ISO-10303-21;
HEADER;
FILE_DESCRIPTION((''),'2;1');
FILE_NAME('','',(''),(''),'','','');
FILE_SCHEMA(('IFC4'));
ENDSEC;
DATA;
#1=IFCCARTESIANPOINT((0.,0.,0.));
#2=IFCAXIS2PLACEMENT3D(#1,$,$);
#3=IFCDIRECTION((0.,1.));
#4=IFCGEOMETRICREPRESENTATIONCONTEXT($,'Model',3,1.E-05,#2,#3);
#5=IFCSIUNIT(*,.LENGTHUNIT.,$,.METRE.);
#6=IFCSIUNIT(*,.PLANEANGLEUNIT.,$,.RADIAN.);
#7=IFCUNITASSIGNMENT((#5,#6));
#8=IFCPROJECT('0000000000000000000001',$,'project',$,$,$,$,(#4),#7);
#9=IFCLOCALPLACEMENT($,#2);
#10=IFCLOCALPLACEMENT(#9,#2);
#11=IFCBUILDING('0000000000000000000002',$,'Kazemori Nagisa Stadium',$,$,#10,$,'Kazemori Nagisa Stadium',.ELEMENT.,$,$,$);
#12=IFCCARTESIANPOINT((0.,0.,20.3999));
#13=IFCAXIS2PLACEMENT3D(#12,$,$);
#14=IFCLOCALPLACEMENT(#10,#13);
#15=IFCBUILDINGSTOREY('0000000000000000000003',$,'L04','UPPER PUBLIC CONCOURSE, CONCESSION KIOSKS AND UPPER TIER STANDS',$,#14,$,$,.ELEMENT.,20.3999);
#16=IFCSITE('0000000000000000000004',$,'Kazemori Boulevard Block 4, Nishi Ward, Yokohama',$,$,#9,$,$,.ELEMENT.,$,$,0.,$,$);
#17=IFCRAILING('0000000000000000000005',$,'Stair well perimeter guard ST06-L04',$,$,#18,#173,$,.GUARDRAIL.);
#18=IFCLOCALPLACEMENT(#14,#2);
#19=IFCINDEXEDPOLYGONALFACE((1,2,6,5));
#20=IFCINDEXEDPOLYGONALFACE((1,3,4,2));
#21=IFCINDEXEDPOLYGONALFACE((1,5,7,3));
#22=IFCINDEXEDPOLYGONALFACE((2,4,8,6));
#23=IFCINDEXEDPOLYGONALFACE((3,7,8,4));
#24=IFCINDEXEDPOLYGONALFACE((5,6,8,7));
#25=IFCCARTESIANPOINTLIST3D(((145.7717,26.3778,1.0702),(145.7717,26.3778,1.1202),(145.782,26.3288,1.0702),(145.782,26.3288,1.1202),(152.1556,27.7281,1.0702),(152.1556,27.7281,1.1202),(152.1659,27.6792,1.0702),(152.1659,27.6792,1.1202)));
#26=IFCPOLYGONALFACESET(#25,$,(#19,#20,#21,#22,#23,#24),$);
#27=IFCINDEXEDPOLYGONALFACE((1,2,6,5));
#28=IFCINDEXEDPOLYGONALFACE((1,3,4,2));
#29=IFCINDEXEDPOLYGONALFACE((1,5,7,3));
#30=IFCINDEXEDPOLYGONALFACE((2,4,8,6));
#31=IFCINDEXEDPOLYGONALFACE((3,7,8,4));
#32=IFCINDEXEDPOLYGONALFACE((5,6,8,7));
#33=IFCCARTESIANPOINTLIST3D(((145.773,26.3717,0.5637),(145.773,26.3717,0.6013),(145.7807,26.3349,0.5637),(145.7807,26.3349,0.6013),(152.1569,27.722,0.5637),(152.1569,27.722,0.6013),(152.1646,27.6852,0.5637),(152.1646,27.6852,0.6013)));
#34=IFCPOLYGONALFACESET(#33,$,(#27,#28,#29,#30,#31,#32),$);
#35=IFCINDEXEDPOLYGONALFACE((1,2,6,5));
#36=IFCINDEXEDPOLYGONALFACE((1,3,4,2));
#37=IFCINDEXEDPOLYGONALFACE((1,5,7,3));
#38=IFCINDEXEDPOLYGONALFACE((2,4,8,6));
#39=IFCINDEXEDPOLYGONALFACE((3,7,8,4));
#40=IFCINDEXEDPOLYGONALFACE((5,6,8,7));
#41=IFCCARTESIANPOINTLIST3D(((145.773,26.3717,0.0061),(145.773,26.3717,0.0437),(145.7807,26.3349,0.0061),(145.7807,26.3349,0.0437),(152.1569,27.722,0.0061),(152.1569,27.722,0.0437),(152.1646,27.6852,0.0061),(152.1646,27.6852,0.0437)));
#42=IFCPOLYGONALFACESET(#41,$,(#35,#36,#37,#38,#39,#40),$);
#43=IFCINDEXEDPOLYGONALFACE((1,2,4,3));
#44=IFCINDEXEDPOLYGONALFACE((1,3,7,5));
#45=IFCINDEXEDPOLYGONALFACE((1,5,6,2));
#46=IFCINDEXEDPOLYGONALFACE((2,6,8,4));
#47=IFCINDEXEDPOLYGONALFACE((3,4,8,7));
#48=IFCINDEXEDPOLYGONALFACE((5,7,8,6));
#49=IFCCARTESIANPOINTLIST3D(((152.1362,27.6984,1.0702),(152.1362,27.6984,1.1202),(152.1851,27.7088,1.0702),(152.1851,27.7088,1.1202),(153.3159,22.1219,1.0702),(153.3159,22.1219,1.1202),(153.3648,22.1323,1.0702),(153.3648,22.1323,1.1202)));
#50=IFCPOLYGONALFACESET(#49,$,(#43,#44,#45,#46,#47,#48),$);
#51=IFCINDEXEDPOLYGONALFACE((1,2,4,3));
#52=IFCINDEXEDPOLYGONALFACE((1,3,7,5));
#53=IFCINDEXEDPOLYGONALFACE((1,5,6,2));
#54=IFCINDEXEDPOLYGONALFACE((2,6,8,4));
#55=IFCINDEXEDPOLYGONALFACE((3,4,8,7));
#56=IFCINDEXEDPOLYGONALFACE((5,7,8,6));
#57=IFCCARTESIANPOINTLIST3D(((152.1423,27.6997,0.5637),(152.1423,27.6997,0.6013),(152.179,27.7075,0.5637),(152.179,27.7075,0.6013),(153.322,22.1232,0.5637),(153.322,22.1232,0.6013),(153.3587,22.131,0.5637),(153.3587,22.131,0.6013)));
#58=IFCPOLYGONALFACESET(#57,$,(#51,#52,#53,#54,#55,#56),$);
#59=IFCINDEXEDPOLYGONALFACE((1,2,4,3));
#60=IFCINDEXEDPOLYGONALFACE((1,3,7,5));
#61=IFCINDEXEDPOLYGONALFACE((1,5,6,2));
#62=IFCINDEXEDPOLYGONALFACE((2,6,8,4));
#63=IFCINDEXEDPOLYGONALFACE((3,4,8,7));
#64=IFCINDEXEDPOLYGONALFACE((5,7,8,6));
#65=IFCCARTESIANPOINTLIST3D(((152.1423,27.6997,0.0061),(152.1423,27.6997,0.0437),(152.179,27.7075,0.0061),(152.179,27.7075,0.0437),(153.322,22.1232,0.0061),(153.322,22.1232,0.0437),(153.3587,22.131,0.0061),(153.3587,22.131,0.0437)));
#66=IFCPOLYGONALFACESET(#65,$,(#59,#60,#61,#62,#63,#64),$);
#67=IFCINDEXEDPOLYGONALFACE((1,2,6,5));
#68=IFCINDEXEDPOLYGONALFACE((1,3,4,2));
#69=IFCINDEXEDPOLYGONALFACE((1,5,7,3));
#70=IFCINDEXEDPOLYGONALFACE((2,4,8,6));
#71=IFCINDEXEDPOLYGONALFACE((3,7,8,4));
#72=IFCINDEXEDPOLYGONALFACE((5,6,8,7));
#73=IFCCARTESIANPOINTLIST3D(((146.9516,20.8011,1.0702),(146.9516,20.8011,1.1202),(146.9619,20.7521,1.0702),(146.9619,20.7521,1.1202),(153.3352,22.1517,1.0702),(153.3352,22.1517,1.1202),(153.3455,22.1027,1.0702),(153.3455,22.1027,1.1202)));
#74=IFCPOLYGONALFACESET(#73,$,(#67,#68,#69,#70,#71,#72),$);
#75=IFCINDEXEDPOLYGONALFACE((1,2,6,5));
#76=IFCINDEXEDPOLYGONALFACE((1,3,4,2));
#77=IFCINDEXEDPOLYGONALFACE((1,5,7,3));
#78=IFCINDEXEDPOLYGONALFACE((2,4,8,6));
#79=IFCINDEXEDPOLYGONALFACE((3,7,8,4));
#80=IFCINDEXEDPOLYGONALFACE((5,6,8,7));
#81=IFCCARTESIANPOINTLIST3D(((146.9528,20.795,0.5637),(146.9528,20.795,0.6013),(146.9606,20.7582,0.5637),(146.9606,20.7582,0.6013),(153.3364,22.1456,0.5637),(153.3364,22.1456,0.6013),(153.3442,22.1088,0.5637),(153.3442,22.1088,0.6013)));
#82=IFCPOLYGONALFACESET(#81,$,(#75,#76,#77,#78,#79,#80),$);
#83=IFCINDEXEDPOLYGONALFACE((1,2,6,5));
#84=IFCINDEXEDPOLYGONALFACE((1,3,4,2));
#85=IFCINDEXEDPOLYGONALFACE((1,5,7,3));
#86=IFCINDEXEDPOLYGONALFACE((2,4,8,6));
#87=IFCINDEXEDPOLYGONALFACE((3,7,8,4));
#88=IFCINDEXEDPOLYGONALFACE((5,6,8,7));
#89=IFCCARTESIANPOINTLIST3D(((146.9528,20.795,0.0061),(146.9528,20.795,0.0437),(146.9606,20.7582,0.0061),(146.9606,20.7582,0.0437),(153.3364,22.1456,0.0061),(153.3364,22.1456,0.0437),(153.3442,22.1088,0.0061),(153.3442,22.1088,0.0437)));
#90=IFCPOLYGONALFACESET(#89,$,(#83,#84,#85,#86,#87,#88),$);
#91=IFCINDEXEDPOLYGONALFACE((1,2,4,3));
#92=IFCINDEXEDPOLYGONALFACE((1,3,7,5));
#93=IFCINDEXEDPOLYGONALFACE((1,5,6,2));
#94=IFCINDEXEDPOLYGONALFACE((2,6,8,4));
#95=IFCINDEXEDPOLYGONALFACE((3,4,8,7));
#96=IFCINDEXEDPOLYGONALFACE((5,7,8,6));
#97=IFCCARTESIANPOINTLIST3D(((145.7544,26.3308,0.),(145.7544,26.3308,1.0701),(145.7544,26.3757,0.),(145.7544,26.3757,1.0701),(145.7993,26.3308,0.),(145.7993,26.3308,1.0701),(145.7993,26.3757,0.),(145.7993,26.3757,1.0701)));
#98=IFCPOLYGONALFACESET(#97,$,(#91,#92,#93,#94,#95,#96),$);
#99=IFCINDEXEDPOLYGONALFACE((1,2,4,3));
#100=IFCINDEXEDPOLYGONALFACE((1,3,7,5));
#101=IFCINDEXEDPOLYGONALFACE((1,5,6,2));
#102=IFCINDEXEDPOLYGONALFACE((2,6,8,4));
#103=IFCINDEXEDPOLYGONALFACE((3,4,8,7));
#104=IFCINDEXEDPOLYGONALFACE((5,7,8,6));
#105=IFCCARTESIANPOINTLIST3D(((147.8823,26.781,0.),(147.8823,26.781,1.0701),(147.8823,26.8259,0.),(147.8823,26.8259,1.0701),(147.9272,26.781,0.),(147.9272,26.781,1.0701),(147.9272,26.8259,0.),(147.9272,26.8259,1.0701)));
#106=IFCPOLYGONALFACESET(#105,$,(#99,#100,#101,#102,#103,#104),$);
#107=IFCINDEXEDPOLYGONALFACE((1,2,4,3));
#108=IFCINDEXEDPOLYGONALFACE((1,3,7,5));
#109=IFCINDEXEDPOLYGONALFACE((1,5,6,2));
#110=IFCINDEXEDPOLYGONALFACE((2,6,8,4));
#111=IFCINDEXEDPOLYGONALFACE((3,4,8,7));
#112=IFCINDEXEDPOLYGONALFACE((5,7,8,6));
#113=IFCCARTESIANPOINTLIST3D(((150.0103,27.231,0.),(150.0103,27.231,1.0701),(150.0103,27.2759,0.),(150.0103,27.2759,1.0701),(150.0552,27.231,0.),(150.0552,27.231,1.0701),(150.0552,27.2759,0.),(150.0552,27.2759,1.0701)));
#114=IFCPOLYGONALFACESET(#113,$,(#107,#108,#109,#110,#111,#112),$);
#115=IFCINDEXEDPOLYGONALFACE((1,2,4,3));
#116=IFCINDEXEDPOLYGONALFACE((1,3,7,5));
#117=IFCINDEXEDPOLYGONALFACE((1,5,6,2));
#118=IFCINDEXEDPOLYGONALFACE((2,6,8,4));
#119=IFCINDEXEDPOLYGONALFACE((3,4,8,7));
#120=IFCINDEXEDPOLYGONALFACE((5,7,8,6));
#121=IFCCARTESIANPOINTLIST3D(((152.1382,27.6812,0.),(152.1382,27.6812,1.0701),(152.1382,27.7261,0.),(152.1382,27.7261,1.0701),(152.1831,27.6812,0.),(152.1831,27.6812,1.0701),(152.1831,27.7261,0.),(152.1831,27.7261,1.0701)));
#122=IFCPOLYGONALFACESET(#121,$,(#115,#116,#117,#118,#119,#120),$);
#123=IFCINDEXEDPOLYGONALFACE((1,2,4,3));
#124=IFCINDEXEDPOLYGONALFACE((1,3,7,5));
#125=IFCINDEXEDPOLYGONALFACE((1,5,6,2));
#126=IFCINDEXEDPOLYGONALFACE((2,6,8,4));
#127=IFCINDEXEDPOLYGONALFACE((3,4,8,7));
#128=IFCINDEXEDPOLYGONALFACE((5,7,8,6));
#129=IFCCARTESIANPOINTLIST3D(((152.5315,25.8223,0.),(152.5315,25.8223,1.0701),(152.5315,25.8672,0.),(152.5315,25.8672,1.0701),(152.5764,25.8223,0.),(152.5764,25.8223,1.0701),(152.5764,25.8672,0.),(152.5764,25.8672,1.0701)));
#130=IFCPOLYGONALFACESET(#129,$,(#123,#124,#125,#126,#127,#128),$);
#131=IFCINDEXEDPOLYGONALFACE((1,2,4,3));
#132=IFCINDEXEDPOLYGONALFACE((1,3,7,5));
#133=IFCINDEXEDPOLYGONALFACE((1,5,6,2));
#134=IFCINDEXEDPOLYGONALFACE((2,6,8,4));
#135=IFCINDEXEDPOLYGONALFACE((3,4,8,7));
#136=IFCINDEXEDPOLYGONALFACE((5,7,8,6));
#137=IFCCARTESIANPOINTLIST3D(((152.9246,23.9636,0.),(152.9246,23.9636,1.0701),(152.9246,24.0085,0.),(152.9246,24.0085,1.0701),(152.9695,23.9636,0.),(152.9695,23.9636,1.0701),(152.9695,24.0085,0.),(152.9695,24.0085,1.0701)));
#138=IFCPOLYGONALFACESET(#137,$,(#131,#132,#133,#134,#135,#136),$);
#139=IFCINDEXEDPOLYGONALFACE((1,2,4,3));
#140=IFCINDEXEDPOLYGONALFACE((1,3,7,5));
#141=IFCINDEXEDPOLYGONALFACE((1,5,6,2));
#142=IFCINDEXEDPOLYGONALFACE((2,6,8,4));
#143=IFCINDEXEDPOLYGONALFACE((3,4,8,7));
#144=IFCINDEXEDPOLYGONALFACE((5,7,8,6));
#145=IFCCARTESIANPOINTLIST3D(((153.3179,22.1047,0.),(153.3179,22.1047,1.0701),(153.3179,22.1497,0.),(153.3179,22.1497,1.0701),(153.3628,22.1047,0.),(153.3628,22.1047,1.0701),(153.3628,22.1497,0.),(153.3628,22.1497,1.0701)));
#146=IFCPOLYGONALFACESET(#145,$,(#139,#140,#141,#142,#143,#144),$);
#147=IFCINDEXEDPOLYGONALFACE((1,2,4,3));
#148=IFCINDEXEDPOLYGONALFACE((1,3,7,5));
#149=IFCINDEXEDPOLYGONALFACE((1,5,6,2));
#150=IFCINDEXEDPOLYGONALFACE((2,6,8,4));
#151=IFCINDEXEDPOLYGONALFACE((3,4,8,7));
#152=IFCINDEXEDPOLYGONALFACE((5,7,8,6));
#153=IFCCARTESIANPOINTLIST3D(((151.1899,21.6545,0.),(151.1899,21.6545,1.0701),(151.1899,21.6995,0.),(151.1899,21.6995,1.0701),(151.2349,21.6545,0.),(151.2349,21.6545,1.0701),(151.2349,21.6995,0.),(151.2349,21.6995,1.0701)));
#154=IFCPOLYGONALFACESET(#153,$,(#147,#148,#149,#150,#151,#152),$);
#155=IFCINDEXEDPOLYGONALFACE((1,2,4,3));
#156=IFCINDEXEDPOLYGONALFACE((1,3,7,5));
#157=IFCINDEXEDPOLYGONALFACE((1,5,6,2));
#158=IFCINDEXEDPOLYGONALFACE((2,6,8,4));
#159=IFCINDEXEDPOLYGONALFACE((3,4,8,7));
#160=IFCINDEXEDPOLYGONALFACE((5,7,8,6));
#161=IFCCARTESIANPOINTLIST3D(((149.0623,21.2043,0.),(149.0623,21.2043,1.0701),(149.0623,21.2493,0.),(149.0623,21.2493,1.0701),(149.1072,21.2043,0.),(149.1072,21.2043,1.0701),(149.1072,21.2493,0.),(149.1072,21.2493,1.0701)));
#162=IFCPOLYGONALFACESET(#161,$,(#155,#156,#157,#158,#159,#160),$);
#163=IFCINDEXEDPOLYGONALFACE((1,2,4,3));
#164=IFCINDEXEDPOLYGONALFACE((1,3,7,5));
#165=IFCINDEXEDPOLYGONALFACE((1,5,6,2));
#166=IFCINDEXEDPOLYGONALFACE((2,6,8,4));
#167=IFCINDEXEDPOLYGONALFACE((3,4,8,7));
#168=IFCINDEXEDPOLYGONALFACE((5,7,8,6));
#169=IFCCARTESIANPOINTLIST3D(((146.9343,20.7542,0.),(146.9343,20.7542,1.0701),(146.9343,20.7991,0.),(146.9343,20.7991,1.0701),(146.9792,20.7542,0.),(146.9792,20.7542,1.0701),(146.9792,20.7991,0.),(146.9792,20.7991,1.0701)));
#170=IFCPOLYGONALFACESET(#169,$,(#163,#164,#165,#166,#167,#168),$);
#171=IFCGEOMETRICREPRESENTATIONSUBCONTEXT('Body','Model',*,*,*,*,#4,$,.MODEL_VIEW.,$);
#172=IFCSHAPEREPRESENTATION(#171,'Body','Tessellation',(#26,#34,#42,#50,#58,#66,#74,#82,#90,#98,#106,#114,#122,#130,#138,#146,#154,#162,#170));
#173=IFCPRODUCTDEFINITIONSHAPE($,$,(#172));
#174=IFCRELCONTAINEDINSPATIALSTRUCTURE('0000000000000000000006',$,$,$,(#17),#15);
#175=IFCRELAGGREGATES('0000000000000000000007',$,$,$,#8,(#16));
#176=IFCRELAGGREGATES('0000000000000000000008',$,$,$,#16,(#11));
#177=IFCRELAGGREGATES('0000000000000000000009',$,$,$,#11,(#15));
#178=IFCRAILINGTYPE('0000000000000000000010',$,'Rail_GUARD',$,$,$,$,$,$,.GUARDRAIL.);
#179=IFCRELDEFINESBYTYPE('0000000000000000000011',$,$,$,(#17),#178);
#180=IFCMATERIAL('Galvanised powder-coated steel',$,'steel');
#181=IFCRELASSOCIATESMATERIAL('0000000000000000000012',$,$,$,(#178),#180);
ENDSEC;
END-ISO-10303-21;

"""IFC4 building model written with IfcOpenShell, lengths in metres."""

from ifc_helpers import new_model, si_unit, direction, frame, origin, origin_2d, place, context, subcontext, project, spatial, rectangle, extrude, material, type_object, element, save


model = new_model("IFC4")

# Units and contexts
model_context = context("Model", 3, precision=1e-05, world=origin(), true_north=direction((0.0, 1.0)))
body_context = subcontext(model_context, "Body", "Model", "MODEL_VIEW")
ifc_project = project(units=[si_unit("LENGTHUNIT", "METRE"), si_unit("PLANEANGLEUNIT", "RADIAN")], contexts=[model_context])

# Site, building, storey
site_placement = place(None, origin())
site = spatial("IfcSite", under=ifc_project, at=site_placement, Name="Kazemori Boulevard Block 4, Nishi Ward, Yokohama", CompositionType="ELEMENT", RefElevation=0.0)
building_placement = place(site_placement, origin())
building = spatial("IfcBuilding", under=site, at=building_placement, Name="Kazemori Nagisa Stadium", LongName="Kazemori Nagisa Stadium", CompositionType="ELEMENT")
storey_placement = place(building_placement, frame((0.0, 0.0, 20.3999)))
storey = spatial("IfcBuildingStorey", under=building, at=storey_placement, Name="L04", Description="UPPER PUBLIC CONCOURSE, CONCESSION KIOSKS AND UPPER TIER STANDS", CompositionType="ELEMENT", Elevation=20.3999)

# Railing
ifc_material_1 = material(Name="Galvanised powder-coated steel", Category="steel")
railing_type_1 = type_object("IfcRailingType", Name="Rail_GUARD", PredefinedType="GUARDRAIL", material=ifc_material_1)
railing_1_placement = place(storey_placement, frame((145.7769, 26.3533, 0.0)))
element("IfcRailing", 1, at=railing_1_placement, inside=storey, type_object=railing_type_1, Name="Stair well perimeter guard ST06-L04", PredefinedType="GUARDRAIL", context=body_context, shape_type="SweptSolid", body=[
    extrude(rectangle(XDim=0.05, YDim=0.05, at=origin_2d()), frame((0.0, 0.0, 1.0952), z_axis=(0.978352, 0.206948, 0.0), x_axis=(-0.206948, 0.978352, 0.0)), (0.0, 0.0, 1.0), 6.5251),
    extrude(rectangle(XDim=0.0376, YDim=0.0376, at=origin_2d()), frame((0.0, 0.0, 0.5825), z_axis=(0.978352, 0.206948, 0.0), x_axis=(-0.206948, 0.978352, 0.0)), (0.0, 0.0, 1.0), 6.5251),
    extrude(rectangle(XDim=0.0376, YDim=0.0376, at=origin_2d()), frame((0.0, 0.0, 0.0249), z_axis=(0.978352, 0.206948, 0.0), x_axis=(-0.206948, 0.978352, 0.0)), (0.0, 0.0, 1.0), 6.5251),
    extrude(rectangle(XDim=0.05, YDim=0.05, at=origin_2d()), frame((6.3838, 1.3503, 1.0952), z_axis=(0.206969, -0.978348, 0.0), x_axis=(0.978348, 0.206969, 0.0)), (0.0, 0.0, 1.0), 5.7),
    extrude(rectangle(XDim=0.0376, YDim=0.0376, at=origin_2d()), frame((6.3838, 1.3503, 0.5825), z_axis=(0.206969, -0.978348, 0.0), x_axis=(0.978348, 0.206969, 0.0)), (0.0, 0.0, 1.0), 5.7),
    extrude(rectangle(XDim=0.0376, YDim=0.0376, at=origin_2d()), frame((6.3838, 1.3503, 0.0249), z_axis=(0.206969, -0.978348, 0.0), x_axis=(0.978348, 0.206969, 0.0)), (0.0, 0.0, 1.0), 5.7),
    extrude(rectangle(XDim=0.05, YDim=0.05, at=origin_2d()), frame((7.5635, -4.2261, 1.0952), z_axis=(-0.978343, -0.206991, 0.0), x_axis=(0.206991, -0.978343, 0.0)), (0.0, 0.0, 1.0), 6.5249),
    extrude(rectangle(XDim=0.0376, YDim=0.0376, at=origin_2d()), frame((7.5635, -4.2261, 0.5825), z_axis=(-0.978343, -0.206991, 0.0), x_axis=(0.206991, -0.978343, 0.0)), (0.0, 0.0, 1.0), 6.5249),
    extrude(rectangle(XDim=0.0376, YDim=0.0376, at=origin_2d()), frame((7.5635, -4.2261, 0.0249), z_axis=(-0.978343, -0.206991, 0.0), x_axis=(0.206991, -0.978343, 0.0)), (0.0, 0.0, 1.0), 6.5249),
    extrude(rectangle(XDim=0.0449, YDim=0.0449, at=origin_2d()), origin(), (0.0, 0.0, 1.0), 1.0701),
    extrude(rectangle(XDim=0.0449, YDim=0.0449, at=origin_2d()), frame((2.1279, 0.4502, 0.0)), (0.0, 0.0, 1.0), 1.0701),
    extrude(rectangle(XDim=0.0449, YDim=0.0449, at=origin_2d()), frame((4.2559, 0.9001, 0.0)), (0.0, 0.0, 1.0), 1.0701),
    extrude(rectangle(XDim=0.0449, YDim=0.0449, at=origin_2d()), frame((6.3838, 1.3503, 0.0)), (0.0, 0.0, 1.0), 1.0701),
    extrude(rectangle(XDim=0.0449, YDim=0.0449, at=origin_2d()), frame((6.7771, -0.5085, 0.0)), (0.0, 0.0, 1.0), 1.0701),
    extrude(rectangle(XDim=0.0449, YDim=0.0449, at=origin_2d()), frame((7.1702, -2.3672, 0.0)), (0.0, 0.0, 1.0), 1.0701),
    extrude(rectangle(XDim=0.0449, YDim=0.0449, at=origin_2d()), frame((7.5635, -4.2261, 0.0)), (0.0, 0.0, 1.0), 1.0701),
    extrude(rectangle(XDim=0.0449, YDim=0.0449, at=origin_2d()), frame((5.4355, -4.6763, 0.0)), (0.0, 0.0, 1.0), 1.0701),
    extrude(rectangle(XDim=0.0449, YDim=0.0449, at=origin_2d()), frame((3.3079, -5.1265, 0.0)), (0.0, 0.0, 1.0), 1.0701),
    extrude(rectangle(XDim=0.0449, YDim=0.0449, at=origin_2d()), frame((1.1799, -5.5767, 0.0)), (0.0, 0.0, 1.0), 1.0701),
])

save(model, "model.ifc")
